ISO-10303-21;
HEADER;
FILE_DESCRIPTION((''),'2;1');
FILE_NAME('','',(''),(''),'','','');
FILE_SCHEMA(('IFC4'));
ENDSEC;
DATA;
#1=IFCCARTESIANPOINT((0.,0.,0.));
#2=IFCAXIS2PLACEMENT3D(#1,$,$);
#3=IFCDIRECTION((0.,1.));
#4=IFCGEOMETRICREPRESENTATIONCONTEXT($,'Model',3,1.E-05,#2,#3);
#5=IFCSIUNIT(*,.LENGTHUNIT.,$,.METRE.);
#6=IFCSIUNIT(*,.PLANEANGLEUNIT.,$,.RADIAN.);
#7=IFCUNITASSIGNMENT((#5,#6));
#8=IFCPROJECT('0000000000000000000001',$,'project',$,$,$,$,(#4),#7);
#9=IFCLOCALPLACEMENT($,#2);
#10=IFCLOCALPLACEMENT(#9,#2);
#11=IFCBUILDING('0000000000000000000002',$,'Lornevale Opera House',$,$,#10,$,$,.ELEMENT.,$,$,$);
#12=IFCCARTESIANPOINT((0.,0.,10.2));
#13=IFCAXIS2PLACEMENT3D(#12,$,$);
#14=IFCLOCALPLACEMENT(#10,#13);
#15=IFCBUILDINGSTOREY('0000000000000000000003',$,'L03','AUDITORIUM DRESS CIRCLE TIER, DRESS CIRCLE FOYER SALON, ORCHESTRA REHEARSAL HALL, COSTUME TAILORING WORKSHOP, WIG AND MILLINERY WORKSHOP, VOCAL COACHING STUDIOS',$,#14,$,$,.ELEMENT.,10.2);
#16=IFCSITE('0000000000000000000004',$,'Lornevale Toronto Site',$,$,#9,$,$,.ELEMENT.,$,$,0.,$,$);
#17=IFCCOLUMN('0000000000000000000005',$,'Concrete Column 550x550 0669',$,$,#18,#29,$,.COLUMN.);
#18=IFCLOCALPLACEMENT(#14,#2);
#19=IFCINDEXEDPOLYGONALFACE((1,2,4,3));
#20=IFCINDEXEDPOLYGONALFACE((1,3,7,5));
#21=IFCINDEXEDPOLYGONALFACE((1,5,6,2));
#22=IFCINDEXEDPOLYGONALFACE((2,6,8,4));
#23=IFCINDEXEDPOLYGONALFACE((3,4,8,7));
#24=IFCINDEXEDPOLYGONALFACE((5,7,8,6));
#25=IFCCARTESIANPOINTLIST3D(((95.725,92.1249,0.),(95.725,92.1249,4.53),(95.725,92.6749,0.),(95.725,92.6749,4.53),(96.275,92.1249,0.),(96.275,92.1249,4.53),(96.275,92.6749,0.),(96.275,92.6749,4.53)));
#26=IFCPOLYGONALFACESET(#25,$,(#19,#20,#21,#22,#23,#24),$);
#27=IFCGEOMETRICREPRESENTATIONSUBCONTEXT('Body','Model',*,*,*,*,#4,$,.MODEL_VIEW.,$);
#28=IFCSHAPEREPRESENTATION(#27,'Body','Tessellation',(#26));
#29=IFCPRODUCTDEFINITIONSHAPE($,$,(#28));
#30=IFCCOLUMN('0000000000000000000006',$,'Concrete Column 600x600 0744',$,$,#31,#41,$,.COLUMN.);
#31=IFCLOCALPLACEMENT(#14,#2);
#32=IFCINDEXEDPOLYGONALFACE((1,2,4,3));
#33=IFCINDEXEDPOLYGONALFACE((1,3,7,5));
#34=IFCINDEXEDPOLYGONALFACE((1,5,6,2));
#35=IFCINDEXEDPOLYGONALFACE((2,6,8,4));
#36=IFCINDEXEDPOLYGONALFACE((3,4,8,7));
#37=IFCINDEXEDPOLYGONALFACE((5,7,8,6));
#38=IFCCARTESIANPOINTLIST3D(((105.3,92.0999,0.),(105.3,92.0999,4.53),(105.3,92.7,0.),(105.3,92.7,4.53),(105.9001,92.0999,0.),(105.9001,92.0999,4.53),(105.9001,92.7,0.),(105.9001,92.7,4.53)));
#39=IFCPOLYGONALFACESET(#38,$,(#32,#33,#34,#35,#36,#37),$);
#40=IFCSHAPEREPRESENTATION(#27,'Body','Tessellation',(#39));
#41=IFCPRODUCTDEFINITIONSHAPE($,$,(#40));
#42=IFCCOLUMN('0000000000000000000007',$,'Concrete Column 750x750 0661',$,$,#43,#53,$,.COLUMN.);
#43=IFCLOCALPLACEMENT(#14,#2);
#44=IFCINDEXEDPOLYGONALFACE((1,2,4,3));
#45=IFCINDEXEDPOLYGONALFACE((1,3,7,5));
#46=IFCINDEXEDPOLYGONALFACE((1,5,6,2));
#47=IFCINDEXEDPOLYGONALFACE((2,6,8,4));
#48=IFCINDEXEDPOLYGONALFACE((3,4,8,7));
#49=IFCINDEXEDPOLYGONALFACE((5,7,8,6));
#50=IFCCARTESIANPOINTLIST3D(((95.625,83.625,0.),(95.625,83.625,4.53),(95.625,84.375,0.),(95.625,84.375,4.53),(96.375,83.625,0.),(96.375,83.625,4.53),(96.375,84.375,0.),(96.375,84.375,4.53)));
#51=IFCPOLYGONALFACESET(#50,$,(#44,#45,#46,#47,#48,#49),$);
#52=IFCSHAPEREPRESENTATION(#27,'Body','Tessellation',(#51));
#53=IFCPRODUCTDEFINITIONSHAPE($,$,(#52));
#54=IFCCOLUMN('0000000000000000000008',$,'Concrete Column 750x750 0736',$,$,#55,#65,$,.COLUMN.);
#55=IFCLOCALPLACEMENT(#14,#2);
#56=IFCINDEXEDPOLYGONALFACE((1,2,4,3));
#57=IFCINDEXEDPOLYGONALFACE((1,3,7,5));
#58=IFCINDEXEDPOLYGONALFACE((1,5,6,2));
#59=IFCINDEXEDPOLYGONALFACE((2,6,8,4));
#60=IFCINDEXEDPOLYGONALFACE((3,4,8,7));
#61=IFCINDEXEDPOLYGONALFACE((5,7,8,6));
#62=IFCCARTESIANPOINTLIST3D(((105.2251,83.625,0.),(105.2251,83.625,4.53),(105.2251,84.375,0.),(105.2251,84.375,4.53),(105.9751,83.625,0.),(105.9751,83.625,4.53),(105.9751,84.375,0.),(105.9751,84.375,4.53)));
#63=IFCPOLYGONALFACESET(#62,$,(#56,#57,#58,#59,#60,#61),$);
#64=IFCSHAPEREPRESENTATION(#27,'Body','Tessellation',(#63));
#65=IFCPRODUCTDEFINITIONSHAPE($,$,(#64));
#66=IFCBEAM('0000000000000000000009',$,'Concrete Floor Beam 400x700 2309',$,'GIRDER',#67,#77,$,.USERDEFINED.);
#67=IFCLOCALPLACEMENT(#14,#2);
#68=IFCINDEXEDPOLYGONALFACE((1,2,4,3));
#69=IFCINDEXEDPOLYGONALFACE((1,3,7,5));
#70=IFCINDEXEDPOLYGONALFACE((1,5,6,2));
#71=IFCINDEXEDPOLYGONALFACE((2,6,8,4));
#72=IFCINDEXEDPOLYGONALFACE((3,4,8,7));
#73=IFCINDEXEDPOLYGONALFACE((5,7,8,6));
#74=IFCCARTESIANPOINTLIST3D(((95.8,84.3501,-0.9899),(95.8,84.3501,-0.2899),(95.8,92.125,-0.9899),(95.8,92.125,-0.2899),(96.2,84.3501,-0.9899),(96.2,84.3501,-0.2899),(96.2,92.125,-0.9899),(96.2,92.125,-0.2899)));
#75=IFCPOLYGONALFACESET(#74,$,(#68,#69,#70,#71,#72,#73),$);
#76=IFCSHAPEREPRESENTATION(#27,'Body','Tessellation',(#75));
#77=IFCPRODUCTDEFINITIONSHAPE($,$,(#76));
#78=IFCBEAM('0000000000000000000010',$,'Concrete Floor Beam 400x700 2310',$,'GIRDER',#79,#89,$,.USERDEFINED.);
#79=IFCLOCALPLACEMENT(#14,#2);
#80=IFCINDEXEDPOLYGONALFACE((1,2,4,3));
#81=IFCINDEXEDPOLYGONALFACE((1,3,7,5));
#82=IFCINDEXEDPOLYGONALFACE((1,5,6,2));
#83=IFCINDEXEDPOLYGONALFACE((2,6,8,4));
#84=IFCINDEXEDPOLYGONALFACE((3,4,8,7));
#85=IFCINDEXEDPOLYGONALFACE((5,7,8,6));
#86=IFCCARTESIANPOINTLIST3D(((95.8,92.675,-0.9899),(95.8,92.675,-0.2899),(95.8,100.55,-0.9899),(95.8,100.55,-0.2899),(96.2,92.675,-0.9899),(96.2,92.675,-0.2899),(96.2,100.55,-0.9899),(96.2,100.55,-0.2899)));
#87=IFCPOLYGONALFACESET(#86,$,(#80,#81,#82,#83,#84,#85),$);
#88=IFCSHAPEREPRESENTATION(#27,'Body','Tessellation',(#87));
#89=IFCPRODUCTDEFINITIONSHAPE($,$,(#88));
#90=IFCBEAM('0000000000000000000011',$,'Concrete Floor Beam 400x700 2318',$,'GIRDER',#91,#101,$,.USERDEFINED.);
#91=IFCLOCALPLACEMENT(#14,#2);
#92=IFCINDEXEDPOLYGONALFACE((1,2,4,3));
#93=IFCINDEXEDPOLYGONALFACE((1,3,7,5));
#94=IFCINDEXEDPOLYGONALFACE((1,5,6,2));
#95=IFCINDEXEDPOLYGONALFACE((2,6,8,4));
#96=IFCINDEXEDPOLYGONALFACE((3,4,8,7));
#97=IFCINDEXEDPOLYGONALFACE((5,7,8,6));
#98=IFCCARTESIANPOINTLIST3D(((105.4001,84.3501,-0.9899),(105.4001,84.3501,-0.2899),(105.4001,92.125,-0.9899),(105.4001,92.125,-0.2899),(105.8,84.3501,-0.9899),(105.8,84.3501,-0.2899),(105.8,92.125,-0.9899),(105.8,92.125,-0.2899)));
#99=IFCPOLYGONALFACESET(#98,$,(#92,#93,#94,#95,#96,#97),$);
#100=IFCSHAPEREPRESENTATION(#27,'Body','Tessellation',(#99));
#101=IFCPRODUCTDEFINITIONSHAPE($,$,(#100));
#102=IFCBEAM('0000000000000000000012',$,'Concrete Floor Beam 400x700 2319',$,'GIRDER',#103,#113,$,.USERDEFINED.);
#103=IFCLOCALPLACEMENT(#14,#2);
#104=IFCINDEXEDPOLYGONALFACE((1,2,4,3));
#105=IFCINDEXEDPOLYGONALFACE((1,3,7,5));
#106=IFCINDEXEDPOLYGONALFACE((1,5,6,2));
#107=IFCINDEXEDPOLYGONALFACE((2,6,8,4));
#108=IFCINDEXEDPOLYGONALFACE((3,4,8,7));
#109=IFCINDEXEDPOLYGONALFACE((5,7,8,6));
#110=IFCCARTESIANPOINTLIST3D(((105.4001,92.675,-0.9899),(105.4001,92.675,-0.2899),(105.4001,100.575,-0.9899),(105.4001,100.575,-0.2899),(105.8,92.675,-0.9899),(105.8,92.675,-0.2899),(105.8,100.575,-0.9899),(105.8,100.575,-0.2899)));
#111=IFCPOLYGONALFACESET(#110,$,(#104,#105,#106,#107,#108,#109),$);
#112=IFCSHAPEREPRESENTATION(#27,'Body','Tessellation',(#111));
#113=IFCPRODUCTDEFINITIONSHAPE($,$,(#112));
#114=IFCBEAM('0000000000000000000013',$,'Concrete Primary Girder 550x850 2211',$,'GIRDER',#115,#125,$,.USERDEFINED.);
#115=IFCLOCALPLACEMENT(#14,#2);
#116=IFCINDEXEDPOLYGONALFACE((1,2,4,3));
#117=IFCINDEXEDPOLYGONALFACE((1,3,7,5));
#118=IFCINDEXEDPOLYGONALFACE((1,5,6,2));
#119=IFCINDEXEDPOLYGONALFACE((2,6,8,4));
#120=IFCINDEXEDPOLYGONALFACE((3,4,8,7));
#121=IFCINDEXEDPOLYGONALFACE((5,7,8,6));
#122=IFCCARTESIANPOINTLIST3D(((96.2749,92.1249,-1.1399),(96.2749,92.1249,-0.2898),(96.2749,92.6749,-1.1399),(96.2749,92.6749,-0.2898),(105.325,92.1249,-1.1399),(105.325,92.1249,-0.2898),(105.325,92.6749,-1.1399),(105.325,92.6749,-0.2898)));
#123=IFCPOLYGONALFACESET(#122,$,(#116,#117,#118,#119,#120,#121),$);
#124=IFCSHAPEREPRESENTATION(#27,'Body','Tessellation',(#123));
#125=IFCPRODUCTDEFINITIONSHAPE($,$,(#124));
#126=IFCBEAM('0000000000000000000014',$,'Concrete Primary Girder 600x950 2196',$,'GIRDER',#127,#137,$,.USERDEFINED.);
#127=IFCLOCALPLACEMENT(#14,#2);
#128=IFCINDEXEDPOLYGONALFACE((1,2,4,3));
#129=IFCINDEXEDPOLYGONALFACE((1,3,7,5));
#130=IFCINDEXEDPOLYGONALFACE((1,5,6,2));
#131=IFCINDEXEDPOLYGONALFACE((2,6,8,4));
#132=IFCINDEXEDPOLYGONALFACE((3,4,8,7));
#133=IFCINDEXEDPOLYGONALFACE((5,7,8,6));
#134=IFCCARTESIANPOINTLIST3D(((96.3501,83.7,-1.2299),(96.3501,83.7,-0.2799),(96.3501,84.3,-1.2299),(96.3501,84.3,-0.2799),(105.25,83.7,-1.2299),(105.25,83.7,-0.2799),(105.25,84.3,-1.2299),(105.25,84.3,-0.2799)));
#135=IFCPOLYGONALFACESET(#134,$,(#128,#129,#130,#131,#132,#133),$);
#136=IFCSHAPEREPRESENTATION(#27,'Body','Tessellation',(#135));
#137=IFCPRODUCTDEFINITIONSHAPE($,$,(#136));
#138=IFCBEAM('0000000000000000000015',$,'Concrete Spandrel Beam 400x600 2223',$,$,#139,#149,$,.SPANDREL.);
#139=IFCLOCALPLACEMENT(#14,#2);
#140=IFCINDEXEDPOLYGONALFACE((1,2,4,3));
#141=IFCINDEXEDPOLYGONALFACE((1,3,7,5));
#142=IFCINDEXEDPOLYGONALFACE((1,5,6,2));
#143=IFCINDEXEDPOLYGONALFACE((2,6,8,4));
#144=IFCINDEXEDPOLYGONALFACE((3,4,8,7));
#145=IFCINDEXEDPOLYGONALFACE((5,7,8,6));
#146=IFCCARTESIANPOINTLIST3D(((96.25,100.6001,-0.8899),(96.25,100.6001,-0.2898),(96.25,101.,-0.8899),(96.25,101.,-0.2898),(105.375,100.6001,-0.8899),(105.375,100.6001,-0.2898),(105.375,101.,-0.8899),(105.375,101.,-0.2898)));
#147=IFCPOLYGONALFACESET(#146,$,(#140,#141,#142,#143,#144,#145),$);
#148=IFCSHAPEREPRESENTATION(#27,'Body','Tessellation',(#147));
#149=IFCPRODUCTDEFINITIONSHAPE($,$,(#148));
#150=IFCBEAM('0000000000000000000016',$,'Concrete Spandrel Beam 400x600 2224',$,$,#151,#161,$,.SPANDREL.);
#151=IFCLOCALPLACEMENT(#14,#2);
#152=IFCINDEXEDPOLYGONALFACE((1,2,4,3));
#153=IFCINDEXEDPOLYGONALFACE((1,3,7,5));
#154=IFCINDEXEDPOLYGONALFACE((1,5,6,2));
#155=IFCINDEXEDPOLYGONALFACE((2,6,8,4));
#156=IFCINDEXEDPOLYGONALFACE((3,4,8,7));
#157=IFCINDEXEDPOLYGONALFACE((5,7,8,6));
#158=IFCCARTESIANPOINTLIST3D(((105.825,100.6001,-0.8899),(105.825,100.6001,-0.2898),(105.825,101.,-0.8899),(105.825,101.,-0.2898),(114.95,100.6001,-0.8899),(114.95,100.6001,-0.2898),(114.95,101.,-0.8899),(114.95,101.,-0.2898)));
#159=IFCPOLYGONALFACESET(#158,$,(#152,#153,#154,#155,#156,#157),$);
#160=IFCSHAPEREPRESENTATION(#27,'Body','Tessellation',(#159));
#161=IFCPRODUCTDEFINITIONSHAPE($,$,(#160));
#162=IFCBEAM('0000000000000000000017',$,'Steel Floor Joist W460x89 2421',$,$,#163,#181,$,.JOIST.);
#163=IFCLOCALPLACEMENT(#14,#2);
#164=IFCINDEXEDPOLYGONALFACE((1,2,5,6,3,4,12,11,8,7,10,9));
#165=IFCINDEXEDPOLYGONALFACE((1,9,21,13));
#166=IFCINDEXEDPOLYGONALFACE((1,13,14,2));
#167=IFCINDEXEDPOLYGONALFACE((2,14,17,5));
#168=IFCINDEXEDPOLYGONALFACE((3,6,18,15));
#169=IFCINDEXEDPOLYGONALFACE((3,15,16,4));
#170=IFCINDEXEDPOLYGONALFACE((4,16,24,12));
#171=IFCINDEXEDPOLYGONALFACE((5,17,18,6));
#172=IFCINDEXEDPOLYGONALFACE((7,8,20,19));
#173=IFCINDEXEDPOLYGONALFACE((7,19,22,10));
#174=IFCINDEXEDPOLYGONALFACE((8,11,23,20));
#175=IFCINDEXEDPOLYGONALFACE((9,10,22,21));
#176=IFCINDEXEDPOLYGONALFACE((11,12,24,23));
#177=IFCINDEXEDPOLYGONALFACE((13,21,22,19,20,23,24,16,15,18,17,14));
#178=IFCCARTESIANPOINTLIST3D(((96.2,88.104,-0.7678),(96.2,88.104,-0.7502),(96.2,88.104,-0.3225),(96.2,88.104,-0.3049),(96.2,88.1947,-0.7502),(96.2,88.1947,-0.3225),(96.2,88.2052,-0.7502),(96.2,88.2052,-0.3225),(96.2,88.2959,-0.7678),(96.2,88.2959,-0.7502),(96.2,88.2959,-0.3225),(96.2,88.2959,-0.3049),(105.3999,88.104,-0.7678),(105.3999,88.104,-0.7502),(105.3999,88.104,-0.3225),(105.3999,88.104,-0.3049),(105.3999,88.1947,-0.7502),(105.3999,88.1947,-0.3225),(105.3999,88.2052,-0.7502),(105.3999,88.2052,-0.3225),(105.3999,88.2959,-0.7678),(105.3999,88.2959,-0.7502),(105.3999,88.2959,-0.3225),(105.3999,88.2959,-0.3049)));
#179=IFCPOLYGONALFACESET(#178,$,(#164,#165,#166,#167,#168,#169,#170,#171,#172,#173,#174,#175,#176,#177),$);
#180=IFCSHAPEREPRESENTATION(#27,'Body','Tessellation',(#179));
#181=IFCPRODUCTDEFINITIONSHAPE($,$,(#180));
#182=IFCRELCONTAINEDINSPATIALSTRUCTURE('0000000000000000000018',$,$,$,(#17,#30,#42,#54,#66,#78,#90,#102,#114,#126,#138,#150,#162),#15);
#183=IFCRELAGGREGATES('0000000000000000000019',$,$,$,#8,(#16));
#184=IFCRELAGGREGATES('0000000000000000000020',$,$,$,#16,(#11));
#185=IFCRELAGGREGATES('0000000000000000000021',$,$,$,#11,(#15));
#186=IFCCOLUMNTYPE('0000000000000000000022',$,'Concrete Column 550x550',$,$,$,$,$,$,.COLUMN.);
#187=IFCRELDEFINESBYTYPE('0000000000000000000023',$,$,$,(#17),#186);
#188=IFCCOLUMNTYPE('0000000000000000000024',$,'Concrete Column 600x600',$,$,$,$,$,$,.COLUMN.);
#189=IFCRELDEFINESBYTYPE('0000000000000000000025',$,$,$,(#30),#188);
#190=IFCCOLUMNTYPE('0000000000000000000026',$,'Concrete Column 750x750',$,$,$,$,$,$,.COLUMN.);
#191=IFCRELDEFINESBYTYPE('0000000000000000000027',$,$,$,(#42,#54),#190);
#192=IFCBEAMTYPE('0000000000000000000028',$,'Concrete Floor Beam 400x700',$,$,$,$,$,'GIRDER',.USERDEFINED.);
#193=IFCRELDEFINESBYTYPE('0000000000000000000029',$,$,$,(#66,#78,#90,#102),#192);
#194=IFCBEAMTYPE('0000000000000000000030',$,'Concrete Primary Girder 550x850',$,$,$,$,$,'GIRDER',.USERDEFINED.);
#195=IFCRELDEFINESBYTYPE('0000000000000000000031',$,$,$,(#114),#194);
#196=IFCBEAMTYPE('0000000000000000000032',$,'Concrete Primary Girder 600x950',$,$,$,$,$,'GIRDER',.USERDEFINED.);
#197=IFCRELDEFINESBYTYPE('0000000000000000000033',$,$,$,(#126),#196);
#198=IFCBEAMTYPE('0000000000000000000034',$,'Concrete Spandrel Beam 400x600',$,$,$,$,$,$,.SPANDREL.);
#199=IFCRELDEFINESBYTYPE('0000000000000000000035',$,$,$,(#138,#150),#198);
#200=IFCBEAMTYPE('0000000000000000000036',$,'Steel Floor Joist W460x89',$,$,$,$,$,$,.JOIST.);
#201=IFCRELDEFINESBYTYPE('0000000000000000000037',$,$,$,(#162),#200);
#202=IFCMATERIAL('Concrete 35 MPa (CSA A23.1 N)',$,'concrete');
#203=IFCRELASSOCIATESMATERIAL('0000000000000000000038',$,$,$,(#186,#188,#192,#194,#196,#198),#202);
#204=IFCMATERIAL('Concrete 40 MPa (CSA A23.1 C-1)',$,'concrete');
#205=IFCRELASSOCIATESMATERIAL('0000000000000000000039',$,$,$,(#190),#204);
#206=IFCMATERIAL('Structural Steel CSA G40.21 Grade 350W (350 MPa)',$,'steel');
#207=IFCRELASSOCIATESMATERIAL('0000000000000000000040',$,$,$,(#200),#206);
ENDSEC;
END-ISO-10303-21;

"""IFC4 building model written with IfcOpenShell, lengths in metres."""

from ifc_helpers import new_model, si_unit, direction, frame, origin, origin_2d, place, context, subcontext, project, spatial, rectangle, i_section, extrude, material, material_profile, profile_set, type_object, element, save


model = new_model("IFC4")

# Units and contexts
model_context = context("Model", 3, precision=1e-05, world=origin(), true_north=direction((0.0, 1.0)))
body_context = subcontext(model_context, "Body", "Model", "MODEL_VIEW")
ifc_project = project(units=[si_unit("LENGTHUNIT", "METRE"), si_unit("PLANEANGLEUNIT", "RADIAN")], contexts=[model_context])

# Site, building, storey
site_placement = place(None, origin())
site = spatial("IfcSite", under=ifc_project, at=site_placement, Name="Lornevale Toronto Site", CompositionType="ELEMENT", RefElevation=0.0)
building_placement = place(site_placement, origin())
building = spatial("IfcBuilding", under=site, at=building_placement, Name="Lornevale Opera House", CompositionType="ELEMENT")
storey_placement = place(building_placement, frame((0.0, 0.0, 10.2)))
storey = spatial("IfcBuildingStorey", under=building, at=storey_placement, Name="L03", Description="AUDITORIUM DRESS CIRCLE TIER, DRESS CIRCLE FOYER SALON, ORCHESTRA REHEARSAL HALL, COSTUME TAILORING WORKSHOP, WIG AND MILLINERY WORKSHOP, VOCAL COACHING STUDIOS", CompositionType="ELEMENT", Elevation=10.2)

# Columns
ifc_material_1 = material(Name="Concrete 35 MPa (CSA A23.1 N)", Category="concrete")
ifc_material_profile_1 = material_profile(ifc_material_1, rectangle(XDim=0.55, YDim=0.55, at=origin_2d()), Name="RC550x550")
ifc_profile_set_1 = profile_set([ifc_material_profile_1], Name="Concrete 35 MPa (CSA A23.1 N)")
column_type_1 = type_object("IfcColumnType", Name="Concrete Column 550x550", PredefinedType="COLUMN", material=ifc_profile_set_1)
column_1_placement = place(storey_placement, frame((96.0, 92.3999, 0.0), z_axis=(0.0, 0.0, 1.0), x_axis=(1.0, 0.0, 0.0)))
element("IfcColumn", 1, at=column_1_placement, inside=storey, type_object=column_type_1, Name="Concrete Column 550x550 0669", PredefinedType="COLUMN", context=body_context, shape_type="SweptSolid", body=[
    extrude(rectangle(XDim=0.55, YDim=0.55, at=origin_2d()), origin(), (0.0, 0.0, 1.0), 4.53),
])
ifc_material_profile_2 = material_profile(ifc_material_1, rectangle(XDim=0.6001, YDim=0.6001, at=origin_2d()), Name="RC600x600")
ifc_profile_set_2 = profile_set([ifc_material_profile_2], Name="Concrete 35 MPa (CSA A23.1 N)")
column_type_2 = type_object("IfcColumnType", Name="Concrete Column 600x600", PredefinedType="COLUMN", material=ifc_profile_set_2)
column_2_placement = place(storey_placement, frame((105.6001, 92.3999, 0.0), z_axis=(0.0, 0.0, 1.0), x_axis=(1.0, 0.0, 0.0)))
element("IfcColumn", 2, at=column_2_placement, inside=storey, type_object=column_type_2, Name="Concrete Column 600x600 0744", PredefinedType="COLUMN", context=body_context, shape_type="SweptSolid", body=[
    extrude(rectangle(XDim=0.6001, YDim=0.6001, at=origin_2d()), origin(), (0.0, 0.0, 1.0), 4.53),
])
ifc_material_2 = material(Name="Concrete 40 MPa (CSA A23.1 C-1)", Category="concrete")
ifc_material_profile_3 = material_profile(ifc_material_2, rectangle(XDim=0.75, YDim=0.75, at=origin_2d()), Name="RC750x750")
ifc_profile_set_3 = profile_set([ifc_material_profile_3], Name="Concrete 40 MPa (CSA A23.1 C-1)")
column_type_3 = type_object("IfcColumnType", Name="Concrete Column 750x750", PredefinedType="COLUMN", material=ifc_profile_set_3)
for number, where, z_axis, x_axis, name in (
    (3, (96.0, 84.0, 0.0), (0.0, 0.0, 1.0), (1.0, 0.0, 0.0), "Concrete Column 750x750 0661"),
    (4, (105.6001, 84.0, 0.0), (0.0, 0.0, 1.0), (1.0, 0.0, 0.0), "Concrete Column 750x750 0736"),
):
    element("IfcColumn", number, at=place(storey_placement, frame(where, z_axis=z_axis, x_axis=x_axis)), inside=storey, type_object=column_type_3, Name=name, PredefinedType="COLUMN", context=body_context, shape_type="SweptSolid", body=[
        extrude(rectangle(XDim=0.75, YDim=0.75, at=origin_2d()), origin(), (0.0, 0.0, 1.0), 4.53),
    ])

# Beams
ifc_material_profile_4 = material_profile(ifc_material_1, rectangle(XDim=0.3999, YDim=0.7, at=origin_2d()), Name="RC400x700")
ifc_profile_set_4 = profile_set([ifc_material_profile_4], Name="Concrete 35 MPa (CSA A23.1 N)")
beam_type_1 = type_object("IfcBeamType", Name="Concrete Floor Beam 400x700", ElementType="GIRDER", PredefinedType="USERDEFINED", material=ifc_profile_set_4)
beam_1_placement = place(storey_placement, frame((96.0, 84.3501, -0.6399), z_axis=(0.0, 1.0, 0.0), x_axis=(-1.0, 0.0, 0.0)))
element("IfcBeam", 5, at=beam_1_placement, inside=storey, type_object=beam_type_1, Name="Concrete Floor Beam 400x700 2309", ObjectType="GIRDER", PredefinedType="USERDEFINED", context=body_context, shape_type="SweptSolid", body=[
    extrude(rectangle(XDim=0.3999, YDim=0.7, at=origin_2d()), origin(), (0.0, 0.0, 1.0), 7.7749),
])
beam_2_placement = place(storey_placement, frame((96.0, 92.675, -0.6399), z_axis=(0.0, 1.0, 0.0), x_axis=(-1.0, 0.0, 0.0)))
element("IfcBeam", 6, at=beam_2_placement, inside=storey, type_object=beam_type_1, Name="Concrete Floor Beam 400x700 2310", ObjectType="GIRDER", PredefinedType="USERDEFINED", context=body_context, shape_type="SweptSolid", body=[
    extrude(rectangle(XDim=0.3999, YDim=0.7, at=origin_2d()), origin(), (0.0, 0.0, 1.0), 7.875),
])
beam_3_placement = place(storey_placement, frame((105.6001, 84.3501, -0.6399), z_axis=(0.0, 1.0, 0.0), x_axis=(-1.0, 0.0, 0.0)))
element("IfcBeam", 7, at=beam_3_placement, inside=storey, type_object=beam_type_1, Name="Concrete Floor Beam 400x700 2318", ObjectType="GIRDER", PredefinedType="USERDEFINED", context=body_context, shape_type="SweptSolid", body=[
    extrude(rectangle(XDim=0.3999, YDim=0.7, at=origin_2d()), origin(), (0.0, 0.0, 1.0), 7.7749),
])
beam_4_placement = place(storey_placement, frame((105.6001, 92.675, -0.6399), z_axis=(0.0, 1.0, 0.0), x_axis=(-1.0, 0.0, 0.0)))
element("IfcBeam", 8, at=beam_4_placement, inside=storey, type_object=beam_type_1, Name="Concrete Floor Beam 400x700 2319", ObjectType="GIRDER", PredefinedType="USERDEFINED", context=body_context, shape_type="SweptSolid", body=[
    extrude(rectangle(XDim=0.3999, YDim=0.7, at=origin_2d()), origin(), (0.0, 0.0, 1.0), 7.8999),
])
ifc_material_profile_5 = material_profile(ifc_material_1, rectangle(XDim=0.55, YDim=0.8501, at=origin_2d()), Name="RC550x850")
ifc_profile_set_5 = profile_set([ifc_material_profile_5], Name="Concrete 35 MPa (CSA A23.1 N)")
beam_type_2 = type_object("IfcBeamType", Name="Concrete Primary Girder 550x850", ElementType="GIRDER", PredefinedType="USERDEFINED", material=ifc_profile_set_5)
beam_5_placement = place(storey_placement, frame((96.2749, 92.3999, -0.7148), z_axis=(1.0, 0.0, 0.0), x_axis=(0.0, 1.0, 0.0)))
element("IfcBeam", 9, at=beam_5_placement, inside=storey, type_object=beam_type_2, Name="Concrete Primary Girder 550x850 2211", ObjectType="GIRDER", PredefinedType="USERDEFINED", context=body_context, shape_type="SweptSolid", body=[
    extrude(rectangle(XDim=0.55, YDim=0.8501, at=origin_2d()), origin(), (0.0, 0.0, 1.0), 9.05),
])
ifc_material_profile_6 = material_profile(ifc_material_1, rectangle(XDim=0.6001, YDim=0.95, at=origin_2d()), Name="RC600x950")
ifc_profile_set_6 = profile_set([ifc_material_profile_6], Name="Concrete 35 MPa (CSA A23.1 N)")
beam_type_3 = type_object("IfcBeamType", Name="Concrete Primary Girder 600x950", ElementType="GIRDER", PredefinedType="USERDEFINED", material=ifc_profile_set_6)
beam_6_placement = place(storey_placement, frame((96.3501, 84.0, -0.7549), z_axis=(1.0, 0.0, 0.0), x_axis=(0.0, 1.0, 0.0)))
element("IfcBeam", 10, at=beam_6_placement, inside=storey, type_object=beam_type_3, Name="Concrete Primary Girder 600x950 2196", ObjectType="GIRDER", PredefinedType="USERDEFINED", context=body_context, shape_type="SweptSolid", body=[
    extrude(rectangle(XDim=0.6001, YDim=0.95, at=origin_2d()), origin(), (0.0, 0.0, 1.0), 8.8999),
])
ifc_material_profile_7 = material_profile(ifc_material_1, rectangle(XDim=0.3999, YDim=0.6001, at=origin_2d()), Name="RC400x600")
ifc_profile_set_7 = profile_set([ifc_material_profile_7], Name="Concrete 35 MPa (CSA A23.1 N)")
beam_type_4 = type_object("IfcBeamType", Name="Concrete Spandrel Beam 400x600", PredefinedType="SPANDREL", material=ifc_profile_set_7)
for number, where, z_axis, x_axis, name in (
    (11, (96.25, 100.8, -0.5898), (1.0, 0.0, 0.0), (0.0, 1.0, 0.0), "Concrete Spandrel Beam 400x600 2223"),
    (12, (105.825, 100.8, -0.5898), (1.0, 0.0, 0.0), (0.0, 1.0, 0.0), "Concrete Spandrel Beam 400x600 2224"),
):
    element("IfcBeam", number, at=place(storey_placement, frame(where, z_axis=z_axis, x_axis=x_axis)), inside=storey, type_object=beam_type_4, Name=name, PredefinedType="SPANDREL", context=body_context, shape_type="SweptSolid", body=[
        extrude(rectangle(XDim=0.3999, YDim=0.6001, at=origin_2d()), origin(), (0.0, 0.0, 1.0), 9.125),
    ])
ifc_material_3 = material(Name="Structural Steel CSA G40.21 Grade 350W (350 MPa)", Category="steel")
ifc_material_profile_8 = material_profile(ifc_material_3, i_section(OverallWidth=0.1919, OverallDepth=0.4629, WebThickness=0.0105, FlangeThickness=0.0176, at=origin_2d()), Name="W460x89")
ifc_profile_set_8 = profile_set([ifc_material_profile_8], Name="Structural Steel CSA G40.21 Grade 350W (350 MPa)")
beam_type_5 = type_object("IfcBeamType", Name="Steel Floor Joist W460x89", PredefinedType="JOIST", material=ifc_profile_set_8)
for number, where, z_axis, x_axis, name in (
    (13, (96.2, 88.2, -0.5364), (1.0, 0.0, 0.0), (0.0, 1.0, 0.0), "Steel Floor Joist W460x89 2421"),
):
    element("IfcBeam", number, at=place(storey_placement, frame(where, z_axis=z_axis, x_axis=x_axis)), inside=storey, type_object=beam_type_5, Name=name, PredefinedType="JOIST", context=body_context, shape_type="SweptSolid", body=[
        extrude(i_section(OverallWidth=0.1919, OverallDepth=0.4629, WebThickness=0.0105, FlangeThickness=0.0176, at=origin_2d()), origin(), (0.0, 0.0, 1.0), 9.2),
    ])

save(model, "model.ifc")
